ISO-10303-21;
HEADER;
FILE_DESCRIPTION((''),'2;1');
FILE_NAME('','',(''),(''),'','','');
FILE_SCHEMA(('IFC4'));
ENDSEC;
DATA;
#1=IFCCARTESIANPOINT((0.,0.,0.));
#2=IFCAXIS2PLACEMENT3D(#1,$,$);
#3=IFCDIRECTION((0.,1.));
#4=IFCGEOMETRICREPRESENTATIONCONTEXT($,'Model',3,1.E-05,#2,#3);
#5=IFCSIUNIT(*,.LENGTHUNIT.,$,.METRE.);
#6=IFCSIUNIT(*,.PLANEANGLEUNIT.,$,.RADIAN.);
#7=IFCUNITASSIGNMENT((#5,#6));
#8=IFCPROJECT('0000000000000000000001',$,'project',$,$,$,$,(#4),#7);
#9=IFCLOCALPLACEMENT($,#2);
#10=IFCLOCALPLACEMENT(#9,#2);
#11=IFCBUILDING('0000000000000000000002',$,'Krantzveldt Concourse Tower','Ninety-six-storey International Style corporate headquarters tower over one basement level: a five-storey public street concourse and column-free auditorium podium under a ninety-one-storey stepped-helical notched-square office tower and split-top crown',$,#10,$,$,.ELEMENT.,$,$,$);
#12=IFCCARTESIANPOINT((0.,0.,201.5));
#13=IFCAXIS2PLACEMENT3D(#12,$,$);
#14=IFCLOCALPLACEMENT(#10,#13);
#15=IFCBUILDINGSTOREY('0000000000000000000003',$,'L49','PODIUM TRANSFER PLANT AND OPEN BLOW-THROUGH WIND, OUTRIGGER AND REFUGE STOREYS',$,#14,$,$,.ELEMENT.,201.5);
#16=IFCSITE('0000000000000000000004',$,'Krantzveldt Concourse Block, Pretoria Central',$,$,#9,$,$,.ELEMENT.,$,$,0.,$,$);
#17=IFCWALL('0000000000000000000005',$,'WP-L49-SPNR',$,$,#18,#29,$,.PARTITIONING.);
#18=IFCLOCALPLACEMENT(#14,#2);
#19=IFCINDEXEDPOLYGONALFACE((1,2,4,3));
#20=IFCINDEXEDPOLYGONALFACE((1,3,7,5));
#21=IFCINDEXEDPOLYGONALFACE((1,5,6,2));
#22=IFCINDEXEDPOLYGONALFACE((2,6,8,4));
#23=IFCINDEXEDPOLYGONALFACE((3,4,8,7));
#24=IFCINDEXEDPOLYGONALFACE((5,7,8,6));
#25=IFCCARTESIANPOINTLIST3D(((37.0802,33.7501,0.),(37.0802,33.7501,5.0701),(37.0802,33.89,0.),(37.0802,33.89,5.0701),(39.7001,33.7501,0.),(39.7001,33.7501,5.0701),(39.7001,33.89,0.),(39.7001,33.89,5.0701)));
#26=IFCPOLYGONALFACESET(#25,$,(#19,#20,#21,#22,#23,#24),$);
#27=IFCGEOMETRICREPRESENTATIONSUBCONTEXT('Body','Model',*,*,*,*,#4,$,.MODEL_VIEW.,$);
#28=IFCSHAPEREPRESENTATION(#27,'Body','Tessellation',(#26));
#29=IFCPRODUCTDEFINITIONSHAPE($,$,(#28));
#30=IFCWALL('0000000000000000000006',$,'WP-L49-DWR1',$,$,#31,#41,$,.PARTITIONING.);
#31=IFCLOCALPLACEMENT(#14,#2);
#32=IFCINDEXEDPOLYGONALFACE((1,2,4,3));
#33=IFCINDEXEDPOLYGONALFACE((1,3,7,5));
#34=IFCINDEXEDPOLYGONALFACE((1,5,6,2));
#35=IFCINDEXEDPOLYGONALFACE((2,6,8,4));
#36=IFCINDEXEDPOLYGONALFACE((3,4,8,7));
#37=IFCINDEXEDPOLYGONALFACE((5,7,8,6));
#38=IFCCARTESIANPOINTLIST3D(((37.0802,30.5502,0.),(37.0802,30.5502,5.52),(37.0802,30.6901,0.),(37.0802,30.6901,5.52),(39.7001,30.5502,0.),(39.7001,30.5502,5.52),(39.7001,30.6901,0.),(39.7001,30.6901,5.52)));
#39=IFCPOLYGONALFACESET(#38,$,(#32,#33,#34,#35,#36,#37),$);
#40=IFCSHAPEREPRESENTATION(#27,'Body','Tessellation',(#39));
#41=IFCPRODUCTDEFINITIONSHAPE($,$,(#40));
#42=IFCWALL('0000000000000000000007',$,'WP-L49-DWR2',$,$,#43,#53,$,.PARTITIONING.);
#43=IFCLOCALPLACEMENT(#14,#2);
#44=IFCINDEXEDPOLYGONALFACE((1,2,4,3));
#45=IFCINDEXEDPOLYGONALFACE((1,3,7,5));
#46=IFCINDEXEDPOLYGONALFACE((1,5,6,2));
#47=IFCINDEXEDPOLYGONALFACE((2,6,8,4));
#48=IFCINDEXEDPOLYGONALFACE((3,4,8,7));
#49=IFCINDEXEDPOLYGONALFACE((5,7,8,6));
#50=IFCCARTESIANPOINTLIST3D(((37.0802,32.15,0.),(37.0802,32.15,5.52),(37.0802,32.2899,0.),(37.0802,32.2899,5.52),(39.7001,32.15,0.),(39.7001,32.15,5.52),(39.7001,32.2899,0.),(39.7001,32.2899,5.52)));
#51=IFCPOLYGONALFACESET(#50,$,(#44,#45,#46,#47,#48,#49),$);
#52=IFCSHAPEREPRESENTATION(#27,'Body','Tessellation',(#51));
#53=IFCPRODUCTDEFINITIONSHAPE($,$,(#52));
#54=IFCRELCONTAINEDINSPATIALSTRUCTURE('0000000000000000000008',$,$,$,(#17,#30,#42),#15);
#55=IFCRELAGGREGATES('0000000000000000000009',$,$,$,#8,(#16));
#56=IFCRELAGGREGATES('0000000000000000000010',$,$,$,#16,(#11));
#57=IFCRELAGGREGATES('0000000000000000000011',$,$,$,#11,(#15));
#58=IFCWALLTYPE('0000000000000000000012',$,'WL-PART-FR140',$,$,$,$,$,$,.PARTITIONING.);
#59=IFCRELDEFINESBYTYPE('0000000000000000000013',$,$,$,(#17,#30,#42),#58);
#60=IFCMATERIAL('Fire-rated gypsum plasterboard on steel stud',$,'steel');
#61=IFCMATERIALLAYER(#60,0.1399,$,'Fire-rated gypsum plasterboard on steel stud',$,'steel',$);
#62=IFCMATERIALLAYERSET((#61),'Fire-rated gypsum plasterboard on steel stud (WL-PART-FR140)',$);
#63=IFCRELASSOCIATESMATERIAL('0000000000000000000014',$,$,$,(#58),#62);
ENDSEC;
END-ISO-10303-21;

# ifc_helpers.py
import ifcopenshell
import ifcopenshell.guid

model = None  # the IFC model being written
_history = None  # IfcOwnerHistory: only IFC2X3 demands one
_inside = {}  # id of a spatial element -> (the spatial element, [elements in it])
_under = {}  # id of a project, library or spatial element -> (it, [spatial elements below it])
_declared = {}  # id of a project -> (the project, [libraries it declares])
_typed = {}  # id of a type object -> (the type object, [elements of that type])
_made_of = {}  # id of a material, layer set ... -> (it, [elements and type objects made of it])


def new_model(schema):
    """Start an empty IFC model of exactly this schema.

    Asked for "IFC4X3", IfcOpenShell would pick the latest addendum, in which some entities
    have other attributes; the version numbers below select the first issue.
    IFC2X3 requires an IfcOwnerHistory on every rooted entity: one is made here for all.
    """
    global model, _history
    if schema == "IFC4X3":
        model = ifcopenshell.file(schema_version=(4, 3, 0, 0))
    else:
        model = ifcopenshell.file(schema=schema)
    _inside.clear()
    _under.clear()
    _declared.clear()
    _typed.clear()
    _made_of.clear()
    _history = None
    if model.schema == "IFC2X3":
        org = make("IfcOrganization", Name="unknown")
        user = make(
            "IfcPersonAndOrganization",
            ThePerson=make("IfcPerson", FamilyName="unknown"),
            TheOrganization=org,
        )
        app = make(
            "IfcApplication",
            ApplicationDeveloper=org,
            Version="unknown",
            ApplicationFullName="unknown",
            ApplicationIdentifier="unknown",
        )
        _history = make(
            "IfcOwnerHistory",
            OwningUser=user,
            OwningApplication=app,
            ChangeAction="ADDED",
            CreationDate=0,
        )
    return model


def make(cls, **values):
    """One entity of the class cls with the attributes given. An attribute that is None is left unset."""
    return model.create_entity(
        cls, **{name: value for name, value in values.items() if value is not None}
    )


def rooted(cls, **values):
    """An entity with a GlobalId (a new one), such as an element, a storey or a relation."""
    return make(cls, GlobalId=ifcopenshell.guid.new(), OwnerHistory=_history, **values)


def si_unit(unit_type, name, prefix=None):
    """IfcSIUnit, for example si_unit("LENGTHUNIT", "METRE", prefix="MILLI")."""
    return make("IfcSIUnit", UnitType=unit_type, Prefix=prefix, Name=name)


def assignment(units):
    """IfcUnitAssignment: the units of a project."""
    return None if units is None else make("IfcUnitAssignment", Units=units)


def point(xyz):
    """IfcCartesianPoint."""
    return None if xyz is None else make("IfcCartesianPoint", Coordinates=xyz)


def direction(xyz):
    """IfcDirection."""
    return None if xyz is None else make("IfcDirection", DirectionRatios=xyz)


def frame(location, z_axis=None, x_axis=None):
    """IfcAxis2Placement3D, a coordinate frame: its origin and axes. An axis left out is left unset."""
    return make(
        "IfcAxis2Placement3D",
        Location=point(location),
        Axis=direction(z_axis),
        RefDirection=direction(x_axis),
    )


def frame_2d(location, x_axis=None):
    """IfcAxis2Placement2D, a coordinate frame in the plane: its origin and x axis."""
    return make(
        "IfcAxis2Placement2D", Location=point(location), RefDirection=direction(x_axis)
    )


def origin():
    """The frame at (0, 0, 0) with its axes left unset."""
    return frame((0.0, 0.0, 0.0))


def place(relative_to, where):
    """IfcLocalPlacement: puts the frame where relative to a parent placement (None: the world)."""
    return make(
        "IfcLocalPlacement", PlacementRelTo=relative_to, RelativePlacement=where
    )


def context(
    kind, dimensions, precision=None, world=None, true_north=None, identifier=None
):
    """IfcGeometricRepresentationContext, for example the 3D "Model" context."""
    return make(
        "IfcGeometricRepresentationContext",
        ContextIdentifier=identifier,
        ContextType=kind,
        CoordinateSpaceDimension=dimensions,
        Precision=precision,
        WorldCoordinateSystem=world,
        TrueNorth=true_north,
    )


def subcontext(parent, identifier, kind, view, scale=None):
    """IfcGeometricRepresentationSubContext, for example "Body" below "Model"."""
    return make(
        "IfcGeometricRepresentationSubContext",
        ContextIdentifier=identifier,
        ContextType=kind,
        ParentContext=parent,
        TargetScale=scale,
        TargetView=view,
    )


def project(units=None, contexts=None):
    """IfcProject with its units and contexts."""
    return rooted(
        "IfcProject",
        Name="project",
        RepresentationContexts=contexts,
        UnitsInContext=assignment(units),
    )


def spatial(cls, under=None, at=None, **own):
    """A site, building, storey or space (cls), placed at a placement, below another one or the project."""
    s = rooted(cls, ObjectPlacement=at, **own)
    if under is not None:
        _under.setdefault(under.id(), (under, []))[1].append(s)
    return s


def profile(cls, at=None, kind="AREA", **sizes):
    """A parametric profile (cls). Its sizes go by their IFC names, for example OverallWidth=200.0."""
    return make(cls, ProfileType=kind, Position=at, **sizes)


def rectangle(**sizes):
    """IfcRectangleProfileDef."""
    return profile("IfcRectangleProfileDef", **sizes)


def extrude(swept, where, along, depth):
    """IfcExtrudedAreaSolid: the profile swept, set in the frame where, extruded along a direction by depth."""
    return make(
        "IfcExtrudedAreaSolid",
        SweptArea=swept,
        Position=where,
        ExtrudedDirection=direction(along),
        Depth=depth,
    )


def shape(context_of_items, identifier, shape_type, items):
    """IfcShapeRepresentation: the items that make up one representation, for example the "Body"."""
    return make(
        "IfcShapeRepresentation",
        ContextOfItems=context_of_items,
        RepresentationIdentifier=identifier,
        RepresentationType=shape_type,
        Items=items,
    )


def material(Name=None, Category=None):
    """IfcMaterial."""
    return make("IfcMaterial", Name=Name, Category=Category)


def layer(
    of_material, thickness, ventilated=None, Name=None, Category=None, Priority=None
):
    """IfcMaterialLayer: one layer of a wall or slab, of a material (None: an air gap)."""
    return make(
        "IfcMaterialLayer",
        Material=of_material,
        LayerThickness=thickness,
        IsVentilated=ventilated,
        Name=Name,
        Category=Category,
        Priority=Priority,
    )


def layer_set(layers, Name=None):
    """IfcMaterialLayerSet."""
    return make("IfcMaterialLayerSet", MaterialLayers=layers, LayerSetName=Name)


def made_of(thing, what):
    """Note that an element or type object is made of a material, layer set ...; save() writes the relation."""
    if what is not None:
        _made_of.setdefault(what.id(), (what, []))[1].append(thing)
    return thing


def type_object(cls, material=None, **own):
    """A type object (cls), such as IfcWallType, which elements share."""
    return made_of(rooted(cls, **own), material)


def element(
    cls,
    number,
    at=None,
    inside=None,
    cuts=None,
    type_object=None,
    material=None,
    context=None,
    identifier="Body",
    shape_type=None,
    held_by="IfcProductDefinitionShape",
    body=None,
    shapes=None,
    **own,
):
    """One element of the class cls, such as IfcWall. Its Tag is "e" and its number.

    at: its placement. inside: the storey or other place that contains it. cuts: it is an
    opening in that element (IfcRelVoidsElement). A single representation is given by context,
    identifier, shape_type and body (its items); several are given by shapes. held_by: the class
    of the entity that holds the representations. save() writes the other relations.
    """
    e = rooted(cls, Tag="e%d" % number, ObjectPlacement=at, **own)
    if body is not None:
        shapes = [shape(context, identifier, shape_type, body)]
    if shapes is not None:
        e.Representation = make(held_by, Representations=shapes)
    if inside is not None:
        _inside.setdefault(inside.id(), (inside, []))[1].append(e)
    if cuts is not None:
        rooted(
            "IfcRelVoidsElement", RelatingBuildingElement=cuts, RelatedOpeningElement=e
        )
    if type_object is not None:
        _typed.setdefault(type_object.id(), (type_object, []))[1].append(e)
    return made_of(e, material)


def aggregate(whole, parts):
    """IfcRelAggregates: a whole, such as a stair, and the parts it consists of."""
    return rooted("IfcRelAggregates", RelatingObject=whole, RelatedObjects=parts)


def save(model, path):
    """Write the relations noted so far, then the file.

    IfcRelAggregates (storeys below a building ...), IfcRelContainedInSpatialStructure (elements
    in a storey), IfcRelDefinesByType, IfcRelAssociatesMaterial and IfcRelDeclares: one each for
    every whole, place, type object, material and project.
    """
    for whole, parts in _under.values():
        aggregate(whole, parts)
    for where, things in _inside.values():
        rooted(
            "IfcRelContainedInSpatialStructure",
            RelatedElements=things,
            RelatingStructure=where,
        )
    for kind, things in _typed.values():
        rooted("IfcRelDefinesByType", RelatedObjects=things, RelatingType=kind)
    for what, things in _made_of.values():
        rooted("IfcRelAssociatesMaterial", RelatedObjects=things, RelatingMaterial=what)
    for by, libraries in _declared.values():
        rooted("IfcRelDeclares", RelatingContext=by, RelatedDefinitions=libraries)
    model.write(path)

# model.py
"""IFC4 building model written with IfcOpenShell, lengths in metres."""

from ifc_helpers import new_model, si_unit, direction, frame, frame_2d, origin, place, context, subcontext, project, spatial, rectangle, extrude, material, layer, layer_set, type_object, element, save


model = new_model("IFC4")

# Units and contexts
model_context = context("Model", 3, precision=1e-05, world=origin(), true_north=direction((0.0, 1.0)))
body_context = subcontext(model_context, "Body", "Model", "MODEL_VIEW")
ifc_project = project(units=[si_unit("LENGTHUNIT", "METRE"), si_unit("PLANEANGLEUNIT", "RADIAN")], contexts=[model_context])

# Site, building, storey
site_placement = place(None, origin())
site = spatial("IfcSite", under=ifc_project, at=site_placement, Name="Krantzveldt Concourse Block, Pretoria Central", CompositionType="ELEMENT", RefElevation=0.0)
building_placement = place(site_placement, origin())
building = spatial("IfcBuilding", under=site, at=building_placement, Name="Krantzveldt Concourse Tower", Description="Ninety-six-storey International Style corporate headquarters tower over one basement level: a five-storey public street concourse and column-free auditorium podium under a ninety-one-storey stepped-helical notched-square office tower and split-top crown", CompositionType="ELEMENT")
storey_placement = place(building_placement, frame((0.0, 0.0, 201.5)))
storey = spatial("IfcBuildingStorey", under=building, at=storey_placement, Name="L49", Description="PODIUM TRANSFER PLANT AND OPEN BLOW-THROUGH WIND, OUTRIGGER AND REFUGE STOREYS", CompositionType="ELEMENT", Elevation=201.5)

# Walls
ifc_material_1 = material(Name="Fire-rated gypsum plasterboard on steel stud", Category="steel")
ifc_layer_1 = layer(ifc_material_1, 0.1399, Name="Fire-rated gypsum plasterboard on steel stud", Category="steel")
ifc_layer_set_1 = layer_set([ifc_layer_1], Name="Fire-rated gypsum plasterboard on steel stud (WL-PART-FR140)")
wall_type = type_object("IfcWallType", Name="WL-PART-FR140", PredefinedType="PARTITIONING", material=ifc_layer_set_1)
wall_placement = place(storey_placement, frame((37.0801, 33.8201, 0.0), z_axis=(0.0, 0.0, 1.0), x_axis=(1.0, 0.0, 0.0)))
element("IfcWall", 1, at=wall_placement, inside=storey, type_object=wall_type, Name="WP-L49-SPNR", PredefinedType="PARTITIONING", context=body_context, shape_type="SweptSolid", body=[
    extrude(rectangle(XDim=2.6199, YDim=0.1399, at=frame_2d((1.3101, 0.0))), origin(), (0.0, 0.0, 1.0), 5.0701),
])
for number, where, z_axis, x_axis, name in (
    (2, (37.0801, 30.6201, 0.0), (0.0, 0.0, 1.0), (1.0, 0.0, 0.0), "WP-L49-DWR1"),
    (3, (37.0801, 32.22, 0.0), (0.0, 0.0, 1.0), (1.0, 0.0, 0.0), "WP-L49-DWR2"),
):
    element("IfcWall", number, at=place(storey_placement, frame(where, z_axis=z_axis, x_axis=x_axis)), inside=storey, type_object=wall_type, Name=name, PredefinedType="PARTITIONING", context=body_context, shape_type="SweptSolid", body=[
        extrude(rectangle(XDim=2.6199, YDim=0.1399, at=frame_2d((1.3101, 0.0))), origin(), (0.0, 0.0, 1.0), 5.52),
    ])

save(model, "model.ifc")
